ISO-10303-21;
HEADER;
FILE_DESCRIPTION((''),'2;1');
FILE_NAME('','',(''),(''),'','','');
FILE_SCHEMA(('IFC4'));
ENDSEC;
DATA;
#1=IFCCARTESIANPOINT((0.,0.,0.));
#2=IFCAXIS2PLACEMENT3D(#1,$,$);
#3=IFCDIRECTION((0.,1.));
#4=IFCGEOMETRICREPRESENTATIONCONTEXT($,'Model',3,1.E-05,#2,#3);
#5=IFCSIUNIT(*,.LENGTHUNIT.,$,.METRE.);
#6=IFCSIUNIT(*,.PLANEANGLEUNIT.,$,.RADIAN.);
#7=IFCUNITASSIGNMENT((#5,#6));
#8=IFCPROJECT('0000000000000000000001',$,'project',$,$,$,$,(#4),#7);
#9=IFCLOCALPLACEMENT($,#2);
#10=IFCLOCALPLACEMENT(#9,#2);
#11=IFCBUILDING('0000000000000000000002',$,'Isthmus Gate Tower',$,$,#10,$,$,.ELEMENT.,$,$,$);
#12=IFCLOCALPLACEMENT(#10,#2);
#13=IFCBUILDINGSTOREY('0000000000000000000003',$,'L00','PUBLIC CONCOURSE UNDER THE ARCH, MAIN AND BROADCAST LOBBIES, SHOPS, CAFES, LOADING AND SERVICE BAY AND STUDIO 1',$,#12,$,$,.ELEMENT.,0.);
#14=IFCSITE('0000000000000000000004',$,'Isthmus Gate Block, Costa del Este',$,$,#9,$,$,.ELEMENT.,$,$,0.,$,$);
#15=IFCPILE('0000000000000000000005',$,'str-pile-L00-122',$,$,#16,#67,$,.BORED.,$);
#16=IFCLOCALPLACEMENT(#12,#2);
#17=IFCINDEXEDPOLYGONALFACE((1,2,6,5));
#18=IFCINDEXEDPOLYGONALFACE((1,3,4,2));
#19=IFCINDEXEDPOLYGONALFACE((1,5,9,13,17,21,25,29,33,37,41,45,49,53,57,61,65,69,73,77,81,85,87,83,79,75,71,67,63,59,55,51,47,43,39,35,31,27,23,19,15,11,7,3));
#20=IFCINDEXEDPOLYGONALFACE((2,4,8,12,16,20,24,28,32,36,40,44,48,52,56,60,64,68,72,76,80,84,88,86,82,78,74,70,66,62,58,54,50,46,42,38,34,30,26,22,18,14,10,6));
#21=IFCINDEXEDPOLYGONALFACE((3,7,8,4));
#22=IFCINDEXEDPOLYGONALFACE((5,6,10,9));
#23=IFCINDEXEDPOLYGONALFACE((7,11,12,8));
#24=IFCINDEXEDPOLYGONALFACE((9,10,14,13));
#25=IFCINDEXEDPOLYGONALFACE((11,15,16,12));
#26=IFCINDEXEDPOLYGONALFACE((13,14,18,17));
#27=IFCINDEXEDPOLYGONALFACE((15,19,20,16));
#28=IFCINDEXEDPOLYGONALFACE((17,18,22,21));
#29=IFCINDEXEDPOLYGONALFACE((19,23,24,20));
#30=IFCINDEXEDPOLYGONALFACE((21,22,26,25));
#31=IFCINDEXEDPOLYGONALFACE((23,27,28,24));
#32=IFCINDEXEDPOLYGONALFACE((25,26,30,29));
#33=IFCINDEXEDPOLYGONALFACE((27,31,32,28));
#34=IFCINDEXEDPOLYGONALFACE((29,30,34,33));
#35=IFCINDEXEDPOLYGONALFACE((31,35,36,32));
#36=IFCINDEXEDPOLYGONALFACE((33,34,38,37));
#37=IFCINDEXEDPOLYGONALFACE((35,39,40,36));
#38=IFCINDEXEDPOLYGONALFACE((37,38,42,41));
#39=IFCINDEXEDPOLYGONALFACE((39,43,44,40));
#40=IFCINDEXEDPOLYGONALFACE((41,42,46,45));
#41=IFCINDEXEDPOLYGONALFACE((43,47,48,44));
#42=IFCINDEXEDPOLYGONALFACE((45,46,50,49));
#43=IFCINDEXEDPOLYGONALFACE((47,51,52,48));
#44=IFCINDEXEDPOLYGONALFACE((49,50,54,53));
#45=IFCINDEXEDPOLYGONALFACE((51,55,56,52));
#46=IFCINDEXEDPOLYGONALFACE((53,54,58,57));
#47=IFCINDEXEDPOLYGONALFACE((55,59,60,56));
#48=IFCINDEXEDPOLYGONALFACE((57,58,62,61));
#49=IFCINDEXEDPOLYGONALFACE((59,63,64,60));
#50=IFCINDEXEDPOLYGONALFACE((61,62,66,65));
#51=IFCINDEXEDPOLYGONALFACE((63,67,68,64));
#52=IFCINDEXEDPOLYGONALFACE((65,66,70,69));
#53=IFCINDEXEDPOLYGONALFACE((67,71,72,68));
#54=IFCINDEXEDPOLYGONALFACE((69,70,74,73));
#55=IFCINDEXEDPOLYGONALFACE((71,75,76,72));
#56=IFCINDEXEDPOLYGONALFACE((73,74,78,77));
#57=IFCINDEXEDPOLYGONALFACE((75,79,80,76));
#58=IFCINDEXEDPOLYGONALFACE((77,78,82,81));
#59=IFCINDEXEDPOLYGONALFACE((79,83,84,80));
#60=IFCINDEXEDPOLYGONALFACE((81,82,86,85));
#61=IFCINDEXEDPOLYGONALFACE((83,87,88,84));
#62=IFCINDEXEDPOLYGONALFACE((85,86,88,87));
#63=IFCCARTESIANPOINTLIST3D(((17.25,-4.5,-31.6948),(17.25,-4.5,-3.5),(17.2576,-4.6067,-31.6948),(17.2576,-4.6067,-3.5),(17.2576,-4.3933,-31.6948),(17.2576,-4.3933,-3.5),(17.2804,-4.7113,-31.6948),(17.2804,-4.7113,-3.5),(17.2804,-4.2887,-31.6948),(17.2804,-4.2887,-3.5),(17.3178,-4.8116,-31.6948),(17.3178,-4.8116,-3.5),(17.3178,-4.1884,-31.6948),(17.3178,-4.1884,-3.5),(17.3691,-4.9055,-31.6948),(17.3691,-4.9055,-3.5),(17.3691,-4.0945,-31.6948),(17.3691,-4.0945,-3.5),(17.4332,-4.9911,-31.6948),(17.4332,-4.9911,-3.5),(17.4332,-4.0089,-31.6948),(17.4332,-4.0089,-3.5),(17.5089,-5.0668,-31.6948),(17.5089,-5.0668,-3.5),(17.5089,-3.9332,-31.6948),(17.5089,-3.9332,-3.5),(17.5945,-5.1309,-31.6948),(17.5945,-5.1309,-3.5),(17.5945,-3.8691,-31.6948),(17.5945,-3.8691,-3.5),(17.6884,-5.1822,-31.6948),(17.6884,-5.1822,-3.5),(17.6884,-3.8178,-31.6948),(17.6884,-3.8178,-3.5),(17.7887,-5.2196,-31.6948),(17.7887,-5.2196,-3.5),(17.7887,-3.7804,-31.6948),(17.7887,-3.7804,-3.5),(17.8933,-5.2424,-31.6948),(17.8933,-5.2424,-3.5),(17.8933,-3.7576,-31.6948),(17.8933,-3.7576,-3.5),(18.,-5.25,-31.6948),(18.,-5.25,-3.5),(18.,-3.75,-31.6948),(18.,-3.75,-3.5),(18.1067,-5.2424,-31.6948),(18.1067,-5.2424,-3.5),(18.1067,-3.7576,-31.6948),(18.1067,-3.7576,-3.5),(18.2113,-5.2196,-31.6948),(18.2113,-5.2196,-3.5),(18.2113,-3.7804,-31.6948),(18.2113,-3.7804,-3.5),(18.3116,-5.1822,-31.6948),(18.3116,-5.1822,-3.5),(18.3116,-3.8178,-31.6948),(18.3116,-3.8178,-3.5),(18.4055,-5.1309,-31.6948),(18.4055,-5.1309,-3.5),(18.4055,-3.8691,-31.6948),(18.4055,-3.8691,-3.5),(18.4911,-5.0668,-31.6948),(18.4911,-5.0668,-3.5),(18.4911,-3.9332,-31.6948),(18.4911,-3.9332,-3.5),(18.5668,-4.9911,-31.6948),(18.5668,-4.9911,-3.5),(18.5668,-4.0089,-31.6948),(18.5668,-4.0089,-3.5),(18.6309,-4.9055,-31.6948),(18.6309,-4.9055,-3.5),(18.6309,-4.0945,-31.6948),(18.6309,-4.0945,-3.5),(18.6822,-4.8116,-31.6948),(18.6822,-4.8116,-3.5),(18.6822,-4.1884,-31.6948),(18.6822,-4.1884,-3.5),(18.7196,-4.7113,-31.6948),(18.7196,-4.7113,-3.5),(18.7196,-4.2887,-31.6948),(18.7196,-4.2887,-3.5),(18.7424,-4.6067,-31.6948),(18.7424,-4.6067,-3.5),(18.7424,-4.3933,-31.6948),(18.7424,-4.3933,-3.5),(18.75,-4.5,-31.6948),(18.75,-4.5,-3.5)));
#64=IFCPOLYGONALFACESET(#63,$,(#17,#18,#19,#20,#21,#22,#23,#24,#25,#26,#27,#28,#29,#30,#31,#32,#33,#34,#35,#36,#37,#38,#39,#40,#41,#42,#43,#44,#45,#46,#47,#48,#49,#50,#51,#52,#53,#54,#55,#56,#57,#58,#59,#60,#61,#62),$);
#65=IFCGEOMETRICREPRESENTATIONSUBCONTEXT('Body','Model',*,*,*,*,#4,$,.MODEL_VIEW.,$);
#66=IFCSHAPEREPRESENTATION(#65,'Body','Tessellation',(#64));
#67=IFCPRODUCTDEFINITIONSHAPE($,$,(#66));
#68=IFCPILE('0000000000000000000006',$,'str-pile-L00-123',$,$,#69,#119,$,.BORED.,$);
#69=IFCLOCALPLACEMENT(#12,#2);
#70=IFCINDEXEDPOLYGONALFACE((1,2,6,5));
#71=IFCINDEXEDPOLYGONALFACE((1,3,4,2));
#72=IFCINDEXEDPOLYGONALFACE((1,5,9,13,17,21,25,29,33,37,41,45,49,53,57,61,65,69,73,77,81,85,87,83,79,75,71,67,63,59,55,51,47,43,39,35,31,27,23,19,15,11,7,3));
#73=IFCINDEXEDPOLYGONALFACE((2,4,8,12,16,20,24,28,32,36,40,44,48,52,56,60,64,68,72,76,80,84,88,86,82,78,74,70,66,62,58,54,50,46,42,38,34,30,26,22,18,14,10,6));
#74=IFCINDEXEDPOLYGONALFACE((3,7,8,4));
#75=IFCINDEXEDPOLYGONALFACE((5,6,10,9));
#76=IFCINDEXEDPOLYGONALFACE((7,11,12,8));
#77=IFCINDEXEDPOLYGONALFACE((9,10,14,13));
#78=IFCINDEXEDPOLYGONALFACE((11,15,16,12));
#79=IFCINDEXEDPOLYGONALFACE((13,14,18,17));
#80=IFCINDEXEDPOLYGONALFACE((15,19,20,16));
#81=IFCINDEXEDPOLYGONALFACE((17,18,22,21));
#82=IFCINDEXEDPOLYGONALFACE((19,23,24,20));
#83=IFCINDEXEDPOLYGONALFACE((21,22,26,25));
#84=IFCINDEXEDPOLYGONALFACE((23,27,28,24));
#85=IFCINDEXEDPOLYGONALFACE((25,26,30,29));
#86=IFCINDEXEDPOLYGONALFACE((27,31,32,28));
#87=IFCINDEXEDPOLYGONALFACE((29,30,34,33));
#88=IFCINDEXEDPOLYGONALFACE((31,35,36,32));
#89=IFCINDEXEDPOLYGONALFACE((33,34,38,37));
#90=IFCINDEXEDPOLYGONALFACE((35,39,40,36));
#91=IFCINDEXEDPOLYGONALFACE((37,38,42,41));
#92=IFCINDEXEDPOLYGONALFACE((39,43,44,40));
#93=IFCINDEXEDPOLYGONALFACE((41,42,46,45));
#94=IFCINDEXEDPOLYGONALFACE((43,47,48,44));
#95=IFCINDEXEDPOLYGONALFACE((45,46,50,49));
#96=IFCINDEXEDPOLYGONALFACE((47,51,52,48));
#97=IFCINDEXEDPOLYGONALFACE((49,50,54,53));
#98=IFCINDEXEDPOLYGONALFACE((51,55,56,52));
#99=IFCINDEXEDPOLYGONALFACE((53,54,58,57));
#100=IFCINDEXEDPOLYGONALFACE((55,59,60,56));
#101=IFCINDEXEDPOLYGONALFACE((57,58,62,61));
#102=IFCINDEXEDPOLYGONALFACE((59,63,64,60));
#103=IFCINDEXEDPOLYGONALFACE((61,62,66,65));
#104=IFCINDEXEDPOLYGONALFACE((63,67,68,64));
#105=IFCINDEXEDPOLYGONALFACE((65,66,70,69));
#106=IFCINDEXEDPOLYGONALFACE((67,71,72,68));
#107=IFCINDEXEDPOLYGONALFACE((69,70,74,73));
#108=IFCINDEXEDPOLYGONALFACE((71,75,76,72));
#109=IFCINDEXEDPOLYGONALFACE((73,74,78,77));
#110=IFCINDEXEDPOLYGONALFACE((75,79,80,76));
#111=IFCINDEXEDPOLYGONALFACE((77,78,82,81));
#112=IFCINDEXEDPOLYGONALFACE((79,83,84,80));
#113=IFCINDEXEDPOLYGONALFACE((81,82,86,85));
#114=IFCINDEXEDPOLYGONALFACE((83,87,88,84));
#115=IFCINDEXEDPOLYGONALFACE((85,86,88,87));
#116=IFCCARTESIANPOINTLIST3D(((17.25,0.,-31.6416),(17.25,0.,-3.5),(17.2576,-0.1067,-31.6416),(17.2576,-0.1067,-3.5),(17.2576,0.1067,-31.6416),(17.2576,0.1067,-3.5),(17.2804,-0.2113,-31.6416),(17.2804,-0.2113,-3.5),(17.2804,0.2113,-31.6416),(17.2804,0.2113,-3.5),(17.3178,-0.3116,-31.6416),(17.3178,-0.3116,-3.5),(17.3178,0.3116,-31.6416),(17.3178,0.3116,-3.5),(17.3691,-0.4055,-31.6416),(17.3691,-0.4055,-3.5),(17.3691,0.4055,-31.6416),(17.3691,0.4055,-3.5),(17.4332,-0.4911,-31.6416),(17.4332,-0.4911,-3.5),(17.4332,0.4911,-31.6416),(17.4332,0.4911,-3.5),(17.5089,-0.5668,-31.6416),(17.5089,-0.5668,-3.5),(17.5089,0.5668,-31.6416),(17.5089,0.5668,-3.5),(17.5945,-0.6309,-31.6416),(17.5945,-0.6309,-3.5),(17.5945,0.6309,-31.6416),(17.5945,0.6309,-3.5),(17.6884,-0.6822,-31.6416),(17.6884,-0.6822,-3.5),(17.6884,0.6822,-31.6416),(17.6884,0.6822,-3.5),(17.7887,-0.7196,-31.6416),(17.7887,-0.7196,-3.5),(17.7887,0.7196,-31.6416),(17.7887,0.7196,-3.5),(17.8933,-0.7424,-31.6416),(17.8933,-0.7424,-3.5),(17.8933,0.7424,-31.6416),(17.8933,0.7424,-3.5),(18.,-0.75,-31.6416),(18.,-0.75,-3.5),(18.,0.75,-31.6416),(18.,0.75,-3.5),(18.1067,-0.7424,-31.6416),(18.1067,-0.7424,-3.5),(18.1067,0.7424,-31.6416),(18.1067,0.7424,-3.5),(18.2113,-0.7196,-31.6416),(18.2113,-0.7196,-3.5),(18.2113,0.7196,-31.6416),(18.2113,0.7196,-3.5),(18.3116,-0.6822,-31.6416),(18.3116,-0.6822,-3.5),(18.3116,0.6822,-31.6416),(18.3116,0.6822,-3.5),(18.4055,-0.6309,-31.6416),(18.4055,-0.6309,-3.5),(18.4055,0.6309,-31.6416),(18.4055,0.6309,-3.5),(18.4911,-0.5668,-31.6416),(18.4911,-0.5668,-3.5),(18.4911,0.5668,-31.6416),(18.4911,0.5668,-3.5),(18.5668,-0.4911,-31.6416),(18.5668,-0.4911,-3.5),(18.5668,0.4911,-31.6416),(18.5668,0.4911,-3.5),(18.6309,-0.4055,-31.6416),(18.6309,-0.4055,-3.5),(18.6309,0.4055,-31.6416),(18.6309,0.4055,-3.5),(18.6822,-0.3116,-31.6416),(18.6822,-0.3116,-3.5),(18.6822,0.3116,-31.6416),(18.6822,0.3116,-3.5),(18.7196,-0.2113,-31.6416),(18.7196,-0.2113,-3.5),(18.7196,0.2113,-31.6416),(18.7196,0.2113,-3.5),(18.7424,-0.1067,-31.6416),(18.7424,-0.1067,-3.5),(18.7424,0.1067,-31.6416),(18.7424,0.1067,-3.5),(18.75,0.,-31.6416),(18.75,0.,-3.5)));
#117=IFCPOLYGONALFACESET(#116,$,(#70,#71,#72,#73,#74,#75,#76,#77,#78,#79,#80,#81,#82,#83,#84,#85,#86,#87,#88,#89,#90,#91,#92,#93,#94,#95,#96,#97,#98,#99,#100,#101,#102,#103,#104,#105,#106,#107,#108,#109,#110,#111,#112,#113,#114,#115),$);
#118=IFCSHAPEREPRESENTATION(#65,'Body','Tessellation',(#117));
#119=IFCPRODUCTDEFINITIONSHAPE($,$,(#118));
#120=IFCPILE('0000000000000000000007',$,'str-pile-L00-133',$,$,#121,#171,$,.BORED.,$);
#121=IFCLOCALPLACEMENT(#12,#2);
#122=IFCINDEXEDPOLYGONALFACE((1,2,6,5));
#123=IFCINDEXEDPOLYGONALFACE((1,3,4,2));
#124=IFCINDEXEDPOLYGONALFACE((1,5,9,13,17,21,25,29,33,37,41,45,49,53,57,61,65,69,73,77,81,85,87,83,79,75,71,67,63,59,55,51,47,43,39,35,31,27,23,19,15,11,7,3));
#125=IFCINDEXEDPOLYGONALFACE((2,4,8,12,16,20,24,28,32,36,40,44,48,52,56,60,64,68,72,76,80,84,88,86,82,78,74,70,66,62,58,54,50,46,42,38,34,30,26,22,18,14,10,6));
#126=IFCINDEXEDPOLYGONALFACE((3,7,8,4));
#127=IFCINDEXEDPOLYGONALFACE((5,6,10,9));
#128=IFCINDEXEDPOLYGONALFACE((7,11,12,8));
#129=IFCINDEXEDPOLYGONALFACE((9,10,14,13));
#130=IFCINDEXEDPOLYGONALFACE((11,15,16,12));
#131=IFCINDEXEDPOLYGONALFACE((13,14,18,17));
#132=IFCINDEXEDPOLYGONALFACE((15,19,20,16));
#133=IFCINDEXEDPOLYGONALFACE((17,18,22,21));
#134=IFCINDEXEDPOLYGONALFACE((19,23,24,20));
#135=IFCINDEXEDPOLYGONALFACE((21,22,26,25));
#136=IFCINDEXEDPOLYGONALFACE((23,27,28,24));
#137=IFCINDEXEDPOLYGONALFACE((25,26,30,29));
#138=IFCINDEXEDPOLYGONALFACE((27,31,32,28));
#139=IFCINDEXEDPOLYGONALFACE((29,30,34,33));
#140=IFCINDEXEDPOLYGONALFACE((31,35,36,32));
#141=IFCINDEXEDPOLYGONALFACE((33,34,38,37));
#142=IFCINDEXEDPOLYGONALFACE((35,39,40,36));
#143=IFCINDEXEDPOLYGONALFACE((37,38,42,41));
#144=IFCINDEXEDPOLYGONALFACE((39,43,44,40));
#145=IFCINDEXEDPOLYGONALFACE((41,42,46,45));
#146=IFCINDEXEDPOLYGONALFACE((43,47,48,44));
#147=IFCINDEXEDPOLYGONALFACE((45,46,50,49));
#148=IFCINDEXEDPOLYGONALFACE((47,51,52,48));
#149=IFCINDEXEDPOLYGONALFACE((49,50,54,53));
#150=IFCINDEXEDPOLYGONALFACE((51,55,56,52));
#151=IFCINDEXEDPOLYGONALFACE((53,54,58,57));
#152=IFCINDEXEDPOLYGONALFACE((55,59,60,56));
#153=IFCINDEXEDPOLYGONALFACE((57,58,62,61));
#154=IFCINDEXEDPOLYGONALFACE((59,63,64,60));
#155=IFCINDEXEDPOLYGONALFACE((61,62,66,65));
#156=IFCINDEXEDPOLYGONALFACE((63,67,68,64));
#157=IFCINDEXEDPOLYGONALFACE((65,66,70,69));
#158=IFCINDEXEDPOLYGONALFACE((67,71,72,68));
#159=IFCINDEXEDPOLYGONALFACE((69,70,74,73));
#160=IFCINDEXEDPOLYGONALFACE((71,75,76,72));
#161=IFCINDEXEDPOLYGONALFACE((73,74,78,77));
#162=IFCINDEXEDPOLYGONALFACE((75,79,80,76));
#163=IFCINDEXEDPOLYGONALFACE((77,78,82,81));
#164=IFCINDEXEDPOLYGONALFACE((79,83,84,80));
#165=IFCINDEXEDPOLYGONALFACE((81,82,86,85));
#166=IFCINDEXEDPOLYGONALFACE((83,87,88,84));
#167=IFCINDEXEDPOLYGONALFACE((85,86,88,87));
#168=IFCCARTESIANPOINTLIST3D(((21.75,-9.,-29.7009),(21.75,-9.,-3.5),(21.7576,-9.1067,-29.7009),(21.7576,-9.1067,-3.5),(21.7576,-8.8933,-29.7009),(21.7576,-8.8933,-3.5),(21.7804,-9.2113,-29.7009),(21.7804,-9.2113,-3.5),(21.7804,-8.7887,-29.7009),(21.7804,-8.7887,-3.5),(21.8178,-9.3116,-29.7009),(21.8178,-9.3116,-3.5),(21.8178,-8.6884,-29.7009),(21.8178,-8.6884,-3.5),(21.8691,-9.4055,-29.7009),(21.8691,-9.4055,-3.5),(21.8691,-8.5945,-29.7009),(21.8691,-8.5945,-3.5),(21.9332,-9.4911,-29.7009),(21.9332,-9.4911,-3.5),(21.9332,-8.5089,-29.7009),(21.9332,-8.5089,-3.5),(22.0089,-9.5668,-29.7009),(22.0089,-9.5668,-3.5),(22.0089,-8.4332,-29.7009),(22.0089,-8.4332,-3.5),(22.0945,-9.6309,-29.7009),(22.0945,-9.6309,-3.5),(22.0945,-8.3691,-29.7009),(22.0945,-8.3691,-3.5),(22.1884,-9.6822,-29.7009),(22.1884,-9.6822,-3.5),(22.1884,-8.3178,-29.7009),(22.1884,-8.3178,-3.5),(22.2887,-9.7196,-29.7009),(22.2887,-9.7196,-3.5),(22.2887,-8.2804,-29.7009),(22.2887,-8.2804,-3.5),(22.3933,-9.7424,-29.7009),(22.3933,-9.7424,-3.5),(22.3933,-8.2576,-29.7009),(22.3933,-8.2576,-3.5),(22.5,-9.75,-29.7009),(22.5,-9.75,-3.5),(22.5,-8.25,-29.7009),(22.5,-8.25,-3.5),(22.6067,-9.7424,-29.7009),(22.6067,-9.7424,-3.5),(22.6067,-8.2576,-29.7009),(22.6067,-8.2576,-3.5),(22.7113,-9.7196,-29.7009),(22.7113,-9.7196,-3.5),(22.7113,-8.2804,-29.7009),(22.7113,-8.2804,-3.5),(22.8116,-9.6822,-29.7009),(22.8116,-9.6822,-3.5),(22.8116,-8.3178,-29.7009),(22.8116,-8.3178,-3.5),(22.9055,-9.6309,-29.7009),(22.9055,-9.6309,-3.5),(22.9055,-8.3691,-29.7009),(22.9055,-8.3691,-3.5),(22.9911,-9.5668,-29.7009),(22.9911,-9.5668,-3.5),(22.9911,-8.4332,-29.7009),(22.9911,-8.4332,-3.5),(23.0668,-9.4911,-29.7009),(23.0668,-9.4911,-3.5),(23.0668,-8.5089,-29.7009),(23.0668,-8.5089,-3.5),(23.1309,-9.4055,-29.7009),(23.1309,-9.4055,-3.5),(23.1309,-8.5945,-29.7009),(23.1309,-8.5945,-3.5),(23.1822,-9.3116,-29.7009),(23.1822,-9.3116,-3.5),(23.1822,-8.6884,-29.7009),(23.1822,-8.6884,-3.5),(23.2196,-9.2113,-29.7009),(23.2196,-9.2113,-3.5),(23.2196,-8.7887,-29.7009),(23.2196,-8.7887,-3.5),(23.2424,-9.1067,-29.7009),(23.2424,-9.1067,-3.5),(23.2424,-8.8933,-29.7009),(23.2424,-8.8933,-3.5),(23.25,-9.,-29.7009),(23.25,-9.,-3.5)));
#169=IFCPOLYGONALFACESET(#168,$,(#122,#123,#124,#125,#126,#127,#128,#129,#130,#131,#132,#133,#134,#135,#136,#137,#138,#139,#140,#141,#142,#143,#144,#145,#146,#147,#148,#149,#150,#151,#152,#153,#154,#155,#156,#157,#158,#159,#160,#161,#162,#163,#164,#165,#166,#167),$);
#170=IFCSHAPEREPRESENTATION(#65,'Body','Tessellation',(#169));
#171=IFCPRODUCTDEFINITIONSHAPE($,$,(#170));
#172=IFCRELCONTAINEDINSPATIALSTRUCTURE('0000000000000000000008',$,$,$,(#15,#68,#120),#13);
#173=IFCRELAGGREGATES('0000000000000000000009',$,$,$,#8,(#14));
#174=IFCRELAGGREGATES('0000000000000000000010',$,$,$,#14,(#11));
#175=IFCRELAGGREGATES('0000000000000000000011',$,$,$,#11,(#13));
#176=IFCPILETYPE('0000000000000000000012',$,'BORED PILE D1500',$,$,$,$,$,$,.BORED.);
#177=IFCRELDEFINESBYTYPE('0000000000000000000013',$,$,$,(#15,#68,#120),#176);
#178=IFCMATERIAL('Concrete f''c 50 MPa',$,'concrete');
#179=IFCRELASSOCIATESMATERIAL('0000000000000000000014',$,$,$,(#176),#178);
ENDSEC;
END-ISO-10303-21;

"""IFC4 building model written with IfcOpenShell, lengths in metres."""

from ifc_helpers import new_model, si_unit, direction, frame, origin, origin_2d, place, context, subcontext, project, spatial, circle, extrude, material, material_profile, profile_set, type_object, element, save


model = new_model("IFC4")

# Units and contexts
model_context = context("Model", 3, precision=1e-05, world=origin(), true_north=direction((0.0, 1.0)))
body_context = subcontext(model_context, "Body", "Model", "MODEL_VIEW")
ifc_project = project(units=[si_unit("LENGTHUNIT", "METRE"), si_unit("PLANEANGLEUNIT", "RADIAN")], contexts=[model_context])

# Site, building, storey
site_placement = place(None, origin())
site = spatial("IfcSite", under=ifc_project, at=site_placement, Name="Isthmus Gate Block, Costa del Este", CompositionType="ELEMENT", RefElevation=0.0)
building_placement = place(site_placement, origin())
building = spatial("IfcBuilding", under=site, at=building_placement, Name="Isthmus Gate Tower", CompositionType="ELEMENT")
storey_placement = place(building_placement, origin())
storey = spatial("IfcBuildingStorey", under=building, at=storey_placement, Name="L00", Description="PUBLIC CONCOURSE UNDER THE ARCH, MAIN AND BROADCAST LOBBIES, SHOPS, CAFES, LOADING AND SERVICE BAY AND STUDIO 1", CompositionType="ELEMENT", Elevation=0.0)

# Piles
ifc_material_1 = material(Name="Concrete f'c 50 MPa", Category="concrete")
ifc_material_profile = material_profile(ifc_material_1, circle(Radius=0.75, at=origin_2d()), Name="D1500")
ifc_profile_set = profile_set([ifc_material_profile], Name="Concrete f'c 50 MPa")
pile_type = type_object("IfcPileType", Name="BORED PILE D1500", PredefinedType="BORED", material=ifc_profile_set)
pile_1_placement = place(storey_placement, frame((18.0, -4.5, -3.5), z_axis=(0.0, 0.0, -1.0), x_axis=(1.0, 0.0, 0.0)))
element("IfcPile", 1, at=pile_1_placement, inside=storey, type_object=pile_type, Name="str-pile-L00-122", PredefinedType="BORED", context=body_context, shape_type="SweptSolid", body=[
    extrude(circle(Radius=0.75, at=origin_2d()), origin(), (0.0, 0.0, 1.0), 28.1948),
])
pile_2_placement = place(storey_placement, frame((18.0, 0.0, -3.5), z_axis=(0.0, 0.0, -1.0), x_axis=(1.0, 0.0, 0.0)))
element("IfcPile", 2, at=pile_2_placement, inside=storey, type_object=pile_type, Name="str-pile-L00-123", PredefinedType="BORED", context=body_context, shape_type="SweptSolid", body=[
    extrude(circle(Radius=0.75, at=origin_2d()), origin(), (0.0, 0.0, 1.0), 28.1416),
])
pile_3_placement = place(storey_placement, frame((22.5, -9.0, -3.5), z_axis=(0.0, 0.0, -1.0), x_axis=(1.0, 0.0, 0.0)))
element("IfcPile", 3, at=pile_3_placement, inside=storey, type_object=pile_type, Name="str-pile-L00-133", PredefinedType="BORED", context=body_context, shape_type="SweptSolid", body=[
    extrude(circle(Radius=0.75, at=origin_2d()), origin(), (0.0, 0.0, 1.0), 26.2009),
])

save(model, "model.ifc")
